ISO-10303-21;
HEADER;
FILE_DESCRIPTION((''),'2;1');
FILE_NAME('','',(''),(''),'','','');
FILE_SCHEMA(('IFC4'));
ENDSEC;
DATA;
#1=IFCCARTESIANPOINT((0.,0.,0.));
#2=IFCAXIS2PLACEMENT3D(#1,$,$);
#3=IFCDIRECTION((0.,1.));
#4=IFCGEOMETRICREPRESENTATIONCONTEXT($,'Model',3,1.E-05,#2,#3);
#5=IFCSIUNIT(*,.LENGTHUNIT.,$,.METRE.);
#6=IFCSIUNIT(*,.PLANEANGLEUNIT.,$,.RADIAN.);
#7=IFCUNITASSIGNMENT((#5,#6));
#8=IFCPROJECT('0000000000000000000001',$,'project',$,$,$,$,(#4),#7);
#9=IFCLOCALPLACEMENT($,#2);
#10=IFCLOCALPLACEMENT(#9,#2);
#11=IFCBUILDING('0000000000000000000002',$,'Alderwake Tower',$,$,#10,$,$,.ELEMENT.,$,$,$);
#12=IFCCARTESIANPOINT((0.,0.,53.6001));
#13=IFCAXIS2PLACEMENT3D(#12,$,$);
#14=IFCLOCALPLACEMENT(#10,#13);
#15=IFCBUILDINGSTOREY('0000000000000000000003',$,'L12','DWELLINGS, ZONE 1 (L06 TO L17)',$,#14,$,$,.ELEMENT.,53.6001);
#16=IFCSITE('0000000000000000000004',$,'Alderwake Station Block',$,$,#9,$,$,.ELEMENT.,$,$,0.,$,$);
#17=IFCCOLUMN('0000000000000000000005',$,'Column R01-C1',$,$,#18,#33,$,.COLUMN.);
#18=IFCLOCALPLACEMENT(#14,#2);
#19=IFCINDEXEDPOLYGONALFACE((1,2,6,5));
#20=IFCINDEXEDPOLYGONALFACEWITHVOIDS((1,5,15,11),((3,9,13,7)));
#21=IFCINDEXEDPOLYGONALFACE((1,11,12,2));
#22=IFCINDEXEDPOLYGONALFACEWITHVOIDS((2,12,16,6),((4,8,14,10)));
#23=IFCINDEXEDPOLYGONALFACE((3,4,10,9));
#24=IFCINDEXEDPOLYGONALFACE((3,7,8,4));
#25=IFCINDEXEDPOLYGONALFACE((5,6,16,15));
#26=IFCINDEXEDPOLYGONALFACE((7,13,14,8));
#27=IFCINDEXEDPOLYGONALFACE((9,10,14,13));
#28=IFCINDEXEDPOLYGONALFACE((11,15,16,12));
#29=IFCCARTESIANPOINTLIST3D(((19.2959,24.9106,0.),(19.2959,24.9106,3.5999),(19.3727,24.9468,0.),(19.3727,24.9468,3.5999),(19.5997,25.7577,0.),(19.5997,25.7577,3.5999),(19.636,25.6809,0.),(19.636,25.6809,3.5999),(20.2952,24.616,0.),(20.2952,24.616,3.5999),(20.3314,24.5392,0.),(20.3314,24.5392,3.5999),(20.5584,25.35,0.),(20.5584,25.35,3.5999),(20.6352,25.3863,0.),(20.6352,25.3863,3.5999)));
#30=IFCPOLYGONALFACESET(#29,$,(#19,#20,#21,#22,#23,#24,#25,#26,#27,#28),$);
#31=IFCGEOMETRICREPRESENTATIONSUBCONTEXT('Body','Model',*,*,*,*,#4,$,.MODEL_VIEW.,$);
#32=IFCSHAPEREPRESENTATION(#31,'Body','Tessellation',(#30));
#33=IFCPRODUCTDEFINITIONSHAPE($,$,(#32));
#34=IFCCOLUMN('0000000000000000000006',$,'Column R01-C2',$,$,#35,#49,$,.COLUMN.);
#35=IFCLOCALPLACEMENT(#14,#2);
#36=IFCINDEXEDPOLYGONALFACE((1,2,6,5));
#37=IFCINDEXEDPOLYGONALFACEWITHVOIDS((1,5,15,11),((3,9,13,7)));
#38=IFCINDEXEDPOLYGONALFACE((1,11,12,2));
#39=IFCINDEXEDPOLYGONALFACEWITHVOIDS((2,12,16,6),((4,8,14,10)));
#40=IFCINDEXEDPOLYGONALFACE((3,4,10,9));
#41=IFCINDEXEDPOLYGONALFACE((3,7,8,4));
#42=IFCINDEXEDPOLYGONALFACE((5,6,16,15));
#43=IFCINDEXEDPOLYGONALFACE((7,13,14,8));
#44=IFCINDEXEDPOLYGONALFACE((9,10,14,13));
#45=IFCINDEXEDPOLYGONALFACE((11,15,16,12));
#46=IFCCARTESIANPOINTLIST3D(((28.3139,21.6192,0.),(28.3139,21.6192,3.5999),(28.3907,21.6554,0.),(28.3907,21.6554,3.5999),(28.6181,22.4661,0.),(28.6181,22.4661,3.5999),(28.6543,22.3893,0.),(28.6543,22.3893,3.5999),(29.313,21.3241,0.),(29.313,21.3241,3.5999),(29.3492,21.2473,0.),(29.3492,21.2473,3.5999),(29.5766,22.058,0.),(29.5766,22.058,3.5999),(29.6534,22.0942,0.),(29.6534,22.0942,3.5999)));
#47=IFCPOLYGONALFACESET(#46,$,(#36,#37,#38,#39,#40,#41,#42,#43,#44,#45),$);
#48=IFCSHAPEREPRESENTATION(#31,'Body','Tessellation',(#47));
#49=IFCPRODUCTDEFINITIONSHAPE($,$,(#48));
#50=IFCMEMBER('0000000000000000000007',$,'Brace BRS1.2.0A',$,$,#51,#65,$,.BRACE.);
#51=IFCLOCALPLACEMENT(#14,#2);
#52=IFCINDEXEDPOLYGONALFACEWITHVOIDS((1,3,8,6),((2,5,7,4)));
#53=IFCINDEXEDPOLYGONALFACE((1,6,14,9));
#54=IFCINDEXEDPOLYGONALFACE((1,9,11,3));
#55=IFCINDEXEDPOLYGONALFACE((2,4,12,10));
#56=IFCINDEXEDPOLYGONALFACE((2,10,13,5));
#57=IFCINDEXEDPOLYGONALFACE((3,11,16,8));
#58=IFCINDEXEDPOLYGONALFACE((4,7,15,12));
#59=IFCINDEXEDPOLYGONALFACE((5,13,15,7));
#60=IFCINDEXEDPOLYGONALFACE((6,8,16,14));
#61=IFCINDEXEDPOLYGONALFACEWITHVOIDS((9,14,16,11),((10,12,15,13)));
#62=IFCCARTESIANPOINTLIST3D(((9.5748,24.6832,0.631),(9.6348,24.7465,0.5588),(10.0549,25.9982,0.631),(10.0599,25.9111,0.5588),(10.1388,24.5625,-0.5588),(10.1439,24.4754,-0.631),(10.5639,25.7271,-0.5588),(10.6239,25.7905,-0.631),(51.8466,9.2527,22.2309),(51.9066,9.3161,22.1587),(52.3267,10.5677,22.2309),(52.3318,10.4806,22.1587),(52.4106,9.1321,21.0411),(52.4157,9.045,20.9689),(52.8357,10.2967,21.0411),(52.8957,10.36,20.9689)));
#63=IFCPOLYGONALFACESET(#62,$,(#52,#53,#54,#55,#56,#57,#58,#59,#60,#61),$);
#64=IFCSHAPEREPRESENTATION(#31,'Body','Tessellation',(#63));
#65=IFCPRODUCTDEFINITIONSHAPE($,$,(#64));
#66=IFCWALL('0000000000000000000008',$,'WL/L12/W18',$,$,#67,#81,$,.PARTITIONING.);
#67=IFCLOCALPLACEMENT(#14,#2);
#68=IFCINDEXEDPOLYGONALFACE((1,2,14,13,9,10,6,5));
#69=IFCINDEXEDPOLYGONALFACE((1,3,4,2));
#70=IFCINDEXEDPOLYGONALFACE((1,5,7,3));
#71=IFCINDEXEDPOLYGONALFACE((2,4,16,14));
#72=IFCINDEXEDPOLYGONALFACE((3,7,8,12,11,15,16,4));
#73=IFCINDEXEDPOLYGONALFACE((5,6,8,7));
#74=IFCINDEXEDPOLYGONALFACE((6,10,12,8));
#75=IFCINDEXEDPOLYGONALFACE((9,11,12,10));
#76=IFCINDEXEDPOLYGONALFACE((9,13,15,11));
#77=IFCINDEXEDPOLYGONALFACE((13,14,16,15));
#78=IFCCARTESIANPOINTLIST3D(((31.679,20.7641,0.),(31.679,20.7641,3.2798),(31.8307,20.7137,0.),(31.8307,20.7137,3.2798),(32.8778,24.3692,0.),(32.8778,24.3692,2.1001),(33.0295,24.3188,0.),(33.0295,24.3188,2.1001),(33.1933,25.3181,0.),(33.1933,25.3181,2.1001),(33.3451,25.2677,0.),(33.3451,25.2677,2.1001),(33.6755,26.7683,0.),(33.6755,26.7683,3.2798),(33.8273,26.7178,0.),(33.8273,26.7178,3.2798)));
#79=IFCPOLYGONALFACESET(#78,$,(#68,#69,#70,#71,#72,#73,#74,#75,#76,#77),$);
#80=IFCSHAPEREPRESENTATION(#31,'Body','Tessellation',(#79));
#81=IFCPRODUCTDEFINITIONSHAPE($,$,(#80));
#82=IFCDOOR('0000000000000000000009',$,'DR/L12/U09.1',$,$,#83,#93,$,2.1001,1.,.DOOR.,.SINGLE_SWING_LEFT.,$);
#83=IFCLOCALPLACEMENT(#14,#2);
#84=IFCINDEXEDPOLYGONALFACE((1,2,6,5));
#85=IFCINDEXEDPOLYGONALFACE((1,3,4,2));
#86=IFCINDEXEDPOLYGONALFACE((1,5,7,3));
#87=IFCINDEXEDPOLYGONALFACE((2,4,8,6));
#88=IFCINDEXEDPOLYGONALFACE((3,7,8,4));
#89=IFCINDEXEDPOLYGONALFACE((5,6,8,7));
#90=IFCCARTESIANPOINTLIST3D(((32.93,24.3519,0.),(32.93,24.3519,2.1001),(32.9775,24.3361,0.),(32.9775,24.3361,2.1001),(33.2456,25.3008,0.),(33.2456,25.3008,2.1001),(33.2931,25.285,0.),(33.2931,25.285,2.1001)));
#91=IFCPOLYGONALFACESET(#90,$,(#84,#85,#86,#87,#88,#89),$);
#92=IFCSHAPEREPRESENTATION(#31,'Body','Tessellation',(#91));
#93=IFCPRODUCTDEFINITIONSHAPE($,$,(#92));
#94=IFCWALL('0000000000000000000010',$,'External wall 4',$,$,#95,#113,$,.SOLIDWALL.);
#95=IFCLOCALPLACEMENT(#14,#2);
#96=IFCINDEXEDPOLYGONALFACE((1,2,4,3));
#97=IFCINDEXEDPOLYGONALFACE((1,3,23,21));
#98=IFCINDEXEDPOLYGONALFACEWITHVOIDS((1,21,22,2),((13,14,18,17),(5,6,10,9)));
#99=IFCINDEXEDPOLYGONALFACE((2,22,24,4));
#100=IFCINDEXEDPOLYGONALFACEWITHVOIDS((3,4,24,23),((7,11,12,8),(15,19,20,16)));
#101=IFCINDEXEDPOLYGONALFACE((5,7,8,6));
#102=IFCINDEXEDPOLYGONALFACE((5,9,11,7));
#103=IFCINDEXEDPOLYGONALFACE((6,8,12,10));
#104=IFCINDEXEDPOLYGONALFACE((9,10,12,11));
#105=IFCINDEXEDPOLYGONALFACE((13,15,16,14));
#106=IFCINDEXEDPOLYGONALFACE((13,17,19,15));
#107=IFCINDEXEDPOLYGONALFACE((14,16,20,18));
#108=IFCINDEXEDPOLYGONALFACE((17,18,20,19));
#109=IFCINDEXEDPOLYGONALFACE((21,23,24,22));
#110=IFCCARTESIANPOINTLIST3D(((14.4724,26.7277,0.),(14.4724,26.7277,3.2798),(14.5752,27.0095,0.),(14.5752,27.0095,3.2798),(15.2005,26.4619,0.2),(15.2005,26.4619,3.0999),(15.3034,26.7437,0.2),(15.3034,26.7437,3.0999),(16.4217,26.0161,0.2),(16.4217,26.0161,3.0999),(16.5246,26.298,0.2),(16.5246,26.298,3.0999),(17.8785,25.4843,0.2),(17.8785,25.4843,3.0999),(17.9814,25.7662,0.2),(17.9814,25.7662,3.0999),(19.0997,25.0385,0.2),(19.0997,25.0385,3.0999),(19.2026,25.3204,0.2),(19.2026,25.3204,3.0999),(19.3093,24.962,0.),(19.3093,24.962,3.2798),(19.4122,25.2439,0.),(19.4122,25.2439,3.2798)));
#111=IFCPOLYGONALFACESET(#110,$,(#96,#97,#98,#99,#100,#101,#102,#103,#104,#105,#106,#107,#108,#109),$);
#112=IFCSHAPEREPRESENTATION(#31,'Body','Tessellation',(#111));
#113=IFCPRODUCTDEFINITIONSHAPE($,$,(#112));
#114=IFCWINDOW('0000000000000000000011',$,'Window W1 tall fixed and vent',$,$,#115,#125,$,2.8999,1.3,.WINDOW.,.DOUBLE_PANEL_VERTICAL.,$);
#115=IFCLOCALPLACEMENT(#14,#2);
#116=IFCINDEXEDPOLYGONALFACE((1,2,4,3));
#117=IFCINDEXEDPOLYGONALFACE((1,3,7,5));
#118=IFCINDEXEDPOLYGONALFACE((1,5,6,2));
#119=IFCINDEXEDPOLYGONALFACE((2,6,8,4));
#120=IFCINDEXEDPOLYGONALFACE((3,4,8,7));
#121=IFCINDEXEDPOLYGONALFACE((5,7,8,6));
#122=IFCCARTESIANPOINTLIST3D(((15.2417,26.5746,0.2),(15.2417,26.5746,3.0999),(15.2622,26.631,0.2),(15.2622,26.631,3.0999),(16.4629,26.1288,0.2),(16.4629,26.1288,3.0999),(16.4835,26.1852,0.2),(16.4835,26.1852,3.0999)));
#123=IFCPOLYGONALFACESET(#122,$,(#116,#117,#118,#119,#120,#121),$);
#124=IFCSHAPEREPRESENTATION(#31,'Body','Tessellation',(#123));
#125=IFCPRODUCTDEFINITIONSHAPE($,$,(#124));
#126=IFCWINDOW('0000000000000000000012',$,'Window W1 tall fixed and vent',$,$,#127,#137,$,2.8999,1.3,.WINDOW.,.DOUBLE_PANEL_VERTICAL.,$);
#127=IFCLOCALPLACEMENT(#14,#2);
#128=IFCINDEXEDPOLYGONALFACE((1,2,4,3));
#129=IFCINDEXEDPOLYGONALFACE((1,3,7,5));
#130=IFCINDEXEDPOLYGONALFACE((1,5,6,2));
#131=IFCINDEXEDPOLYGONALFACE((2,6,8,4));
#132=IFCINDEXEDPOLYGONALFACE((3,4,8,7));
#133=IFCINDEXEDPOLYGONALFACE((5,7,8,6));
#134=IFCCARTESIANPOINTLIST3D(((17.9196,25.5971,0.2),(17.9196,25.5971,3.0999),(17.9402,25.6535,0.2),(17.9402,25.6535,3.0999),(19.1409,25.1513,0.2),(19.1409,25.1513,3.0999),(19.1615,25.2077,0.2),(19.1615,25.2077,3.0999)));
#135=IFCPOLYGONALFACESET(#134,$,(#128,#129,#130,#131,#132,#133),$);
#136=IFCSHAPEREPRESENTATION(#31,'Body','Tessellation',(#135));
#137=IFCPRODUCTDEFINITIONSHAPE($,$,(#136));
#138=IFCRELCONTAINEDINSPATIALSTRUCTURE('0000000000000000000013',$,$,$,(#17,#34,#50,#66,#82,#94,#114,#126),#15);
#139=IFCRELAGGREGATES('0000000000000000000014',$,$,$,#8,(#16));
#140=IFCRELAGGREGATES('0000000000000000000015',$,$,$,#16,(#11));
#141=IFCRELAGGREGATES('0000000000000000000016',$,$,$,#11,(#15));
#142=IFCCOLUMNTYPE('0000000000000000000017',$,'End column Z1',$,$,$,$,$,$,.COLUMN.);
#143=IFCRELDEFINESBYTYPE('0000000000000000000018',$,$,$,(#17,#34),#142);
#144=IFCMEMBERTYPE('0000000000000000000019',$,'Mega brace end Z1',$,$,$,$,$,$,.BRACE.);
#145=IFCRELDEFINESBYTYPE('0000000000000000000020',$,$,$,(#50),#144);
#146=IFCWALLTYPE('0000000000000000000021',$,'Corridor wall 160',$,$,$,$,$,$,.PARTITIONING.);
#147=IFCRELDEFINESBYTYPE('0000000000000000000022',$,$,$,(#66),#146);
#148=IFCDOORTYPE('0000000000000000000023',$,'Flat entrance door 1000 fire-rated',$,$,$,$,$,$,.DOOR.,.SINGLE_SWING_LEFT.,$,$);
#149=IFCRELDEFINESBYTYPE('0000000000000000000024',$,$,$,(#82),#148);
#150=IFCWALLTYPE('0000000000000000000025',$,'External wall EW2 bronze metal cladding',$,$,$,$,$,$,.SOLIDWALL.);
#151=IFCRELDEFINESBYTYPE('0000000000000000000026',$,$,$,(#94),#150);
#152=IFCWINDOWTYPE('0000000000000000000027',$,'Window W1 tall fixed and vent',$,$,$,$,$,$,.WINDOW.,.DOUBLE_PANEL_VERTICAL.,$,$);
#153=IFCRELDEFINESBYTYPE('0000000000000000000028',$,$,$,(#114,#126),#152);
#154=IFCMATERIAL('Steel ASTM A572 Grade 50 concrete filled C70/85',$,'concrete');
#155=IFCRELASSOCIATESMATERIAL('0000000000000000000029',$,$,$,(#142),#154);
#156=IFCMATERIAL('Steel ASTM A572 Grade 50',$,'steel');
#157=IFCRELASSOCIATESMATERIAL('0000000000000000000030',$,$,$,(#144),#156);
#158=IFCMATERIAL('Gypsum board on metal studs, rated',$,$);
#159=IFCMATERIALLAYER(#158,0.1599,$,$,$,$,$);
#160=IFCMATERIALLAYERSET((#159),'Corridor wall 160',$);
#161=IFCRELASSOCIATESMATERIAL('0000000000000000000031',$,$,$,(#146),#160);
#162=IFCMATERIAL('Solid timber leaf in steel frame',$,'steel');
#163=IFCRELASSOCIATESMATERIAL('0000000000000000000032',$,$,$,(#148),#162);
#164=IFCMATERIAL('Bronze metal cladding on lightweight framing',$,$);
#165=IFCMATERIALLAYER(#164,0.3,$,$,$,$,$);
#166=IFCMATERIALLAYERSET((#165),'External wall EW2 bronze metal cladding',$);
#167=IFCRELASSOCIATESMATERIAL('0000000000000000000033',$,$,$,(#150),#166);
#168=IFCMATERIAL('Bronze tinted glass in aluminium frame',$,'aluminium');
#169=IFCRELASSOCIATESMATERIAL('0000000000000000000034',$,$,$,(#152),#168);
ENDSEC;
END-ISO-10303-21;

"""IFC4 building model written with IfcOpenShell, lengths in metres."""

from ifc_helpers import new_model, si_unit, direction, frame, frame_2d, origin, origin_2d, place, context, subcontext, project, spatial, rectangle, hollow_rectangle, extrude, material, layer, layer_set, material_profile, profile_set, type_object, element, fill, save


model = new_model("IFC4")

# Units and contexts
model_context = context("Model", 3, precision=1e-05, world=origin(), true_north=direction((0.0, 1.0)))
body_context = subcontext(model_context, "Body", "Model", "MODEL_VIEW")
ifc_project = project(units=[si_unit("LENGTHUNIT", "METRE"), si_unit("PLANEANGLEUNIT", "RADIAN")], contexts=[model_context])

# Site, building, storey
site_placement = place(None, origin())
site = spatial("IfcSite", under=ifc_project, at=site_placement, Name="Alderwake Station Block", CompositionType="ELEMENT", RefElevation=0.0)
building_placement = place(site_placement, origin())
building = spatial("IfcBuilding", under=site, at=building_placement, Name="Alderwake Tower", CompositionType="ELEMENT")
storey_placement = place(building_placement, frame((0.0, 0.0, 53.6001)))
storey = spatial("IfcBuildingStorey", under=building, at=storey_placement, Name="L12", Description="DWELLINGS, ZONE 1 (L06 TO L17)", CompositionType="ELEMENT", Elevation=53.6001)

# Columns
ifc_material_1 = material(Name="Steel ASTM A572 Grade 50 concrete filled C70/85", Category="concrete")
ifc_material_profile_1 = material_profile(ifc_material_1, hollow_rectangle(XDim=0.8999, YDim=1.1001, WallThickness=0.0601, at=origin_2d()), Name="BOX 1100X900X60")
ifc_profile_set_1 = profile_set([ifc_material_profile_1], Name="Steel ASTM A572 Grade 50 concrete filled C70/85")
column_type = type_object("IfcColumnType", Name="End column Z1", PredefinedType="COLUMN", material=ifc_profile_set_1)
for number, where, z_axis, x_axis, name in (
    (1, (19.9656, 25.1484, 0.0), (0.0, 0.0, 1.0), (0.337585, 0.941295, 0.0), "Column R01-C1"),
    (2, (28.9836, 21.8567, 0.0), (0.0, 0.0, 1.0), (0.338027, 0.941136, 0.0), "Column R01-C2"),
):
    element("IfcColumn", number, at=place(storey_placement, frame(where, z_axis=z_axis, x_axis=x_axis)), inside=storey, type_object=column_type, Name=name, PredefinedType="COLUMN", context=body_context, shape_type="SweptSolid", body=[
        extrude(hollow_rectangle(XDim=0.8999, YDim=1.1001, WallThickness=0.0601, at=origin_2d()), origin(), (0.0, 0.0, 1.0), 3.5999),
    ])

# Member
ifc_material_2 = material(Name="Steel ASTM A572 Grade 50", Category="steel")
ifc_material_profile_2 = material_profile(ifc_material_2, hollow_rectangle(XDim=1.3999, YDim=1.3999, WallThickness=0.0801, at=origin_2d()), Name="BOX 1400X1400X80")
ifc_profile_set_2 = profile_set([ifc_material_profile_2], Name="Steel ASTM A572 Grade 50")
member_type = type_object("IfcMemberType", Name="Mega brace end Z1", PredefinedType="BRACE", material=ifc_profile_set_2)
member_placement = place(storey_placement, frame((10.0994, 25.2368, 0.0), z_axis=(0.846867, -0.309131, 0.432729), x_axis=(0.342898, 0.939372, 0.0)))
element("IfcMember", 3, at=member_placement, inside=storey, type_object=member_type, Name="Brace BRS1.2.0A", PredefinedType="BRACE", context=body_context, shape_type="SweptSolid", body=[
    extrude(hollow_rectangle(XDim=1.3999, YDim=1.3999, WallThickness=0.0801, at=origin_2d()), origin(), (0.0, 0.0, 1.0), 49.9155),
])

# Wall, opening, door
ifc_material_3 = material(Name="Gypsum board on metal studs, rated")
ifc_layer_1 = layer(ifc_material_3, 0.1599)
ifc_layer_set_1 = layer_set([ifc_layer_1], Name="Corridor wall 160")
wall_type_1 = type_object("IfcWallType", Name="Corridor wall 160", PredefinedType="PARTITIONING", material=ifc_layer_set_1)
wall_1_placement = place(storey_placement, frame((31.7549, 20.739, 0.0), z_axis=(0.0, 0.0, 1.0), x_axis=(0.315545, 0.948911, 0.0)))
wall_1 = element("IfcWall", 4, at=wall_1_placement, inside=storey, type_object=wall_type_1, Name="WL/L12/W18", PredefinedType="PARTITIONING", context=body_context, shape_type="SweptSolid", body=[
    extrude(rectangle(XDim=6.3274, YDim=0.1599, at=frame_2d((3.1636, 0.0))), origin(), (0.0, 0.0, 1.0), 3.2798),
])
opening_1_placement = place(wall_1_placement, frame((3.7991, 0.0, 0.0)))
opening_1 = element("IfcOpeningElement", 5, at=opening_1_placement, cuts=wall_1, PredefinedType="OPENING", context=body_context, shape_type="SweptSolid", body=[
    extrude(rectangle(XDim=1.0, YDim=2.1001, at=frame_2d((0.5, 1.05))), frame((0.0, 0.0898, 0.0), z_axis=(0.0, -1.0, 0.0), x_axis=(1.0, 0.0, 0.0)), (0.0, 0.0, 1.0), 0.1799),
])
ifc_material_4 = material(Name="Solid timber leaf in steel frame", Category="steel")
door_type_1 = type_object("IfcDoorType", Name="Flat entrance door 1000 fire-rated", OperationType="SINGLE_SWING_LEFT", PredefinedType="DOOR", material=ifc_material_4)
door_1_placement = place(opening_1_placement, origin())
door_1 = element("IfcDoor", 6, at=door_1_placement, inside=storey, type_object=door_type_1, Name="DR/L12/U09.1", OperationType="SINGLE_SWING_LEFT", OverallHeight=2.1001, OverallWidth=1.0, PredefinedType="DOOR", context=body_context, shape_type="SweptSolid", body=[
    extrude(rectangle(XDim=1.0, YDim=2.1001, at=frame_2d((0.5, 1.05))), frame((0.0, 0.0249, 0.0), z_axis=(0.0, -1.0, 0.0), x_axis=(1.0, 0.0, 0.0)), (0.0, 0.0, 1.0), 0.05),
])
fill(opening_1, door_1)

# Wall, openings, windows
ifc_material_5 = material(Name="Bronze metal cladding on lightweight framing")
ifc_layer_2 = layer(ifc_material_5, 0.3)
ifc_layer_set_2 = layer_set([ifc_layer_2], Name="External wall EW2 bronze metal cladding")
wall_type_2 = type_object("IfcWallType", Name="External wall EW2 bronze metal cladding", PredefinedType="SOLIDWALL", material=ifc_layer_set_2)
wall_2_placement = place(storey_placement, frame((14.5237, 26.8687, 0.0), z_axis=(0.0, 0.0, 1.0), x_axis=(0.939372, -0.3429, 0.0)))
wall_2 = element("IfcWall", 7, at=wall_2_placement, inside=storey, type_object=wall_type_2, Name="External wall 4", PredefinedType="SOLIDWALL", context=body_context, shape_type="SweptSolid", body=[
    extrude(rectangle(XDim=5.1492, YDim=0.3, at=frame_2d((2.5747, 0.0))), origin(), (0.0, 0.0, 1.0), 3.2798),
])
opening_2_placement = place(wall_2_placement, frame((0.7754, 0.0, 0.2)))
opening_2 = element("IfcOpeningElement", 8, at=opening_2_placement, cuts=wall_2, PredefinedType="OPENING", context=body_context, shape_type="SweptSolid", body=[
    extrude(rectangle(XDim=1.3, YDim=2.8999, at=frame_2d((0.6499, 1.45))), frame((0.0, 0.1599, 0.0), z_axis=(0.0, -1.0, 0.0), x_axis=(1.0, 0.0, 0.0)), (0.0, 0.0, 1.0), 0.3201),
])
opening_3_placement = place(wall_2_placement, frame((3.6262, 0.0, 0.2)))
opening_3 = element("IfcOpeningElement", 9, at=opening_3_placement, cuts=wall_2, PredefinedType="OPENING", context=body_context, shape_type="SweptSolid", body=[
    extrude(rectangle(XDim=1.3, YDim=2.8999, at=frame_2d((0.6499, 1.45))), frame((0.0, 0.1599, 0.0), z_axis=(0.0, -1.0, 0.0), x_axis=(1.0, 0.0, 0.0)), (0.0, 0.0, 1.0), 0.3201),
])
ifc_material_6 = material(Name="Bronze tinted glass in aluminium frame", Category="aluminium")
window_type_1 = type_object("IfcWindowType", Name="Window W1 tall fixed and vent", PartitioningType="DOUBLE_PANEL_VERTICAL", PredefinedType="WINDOW", material=ifc_material_6)
window_1_placement = place(opening_2_placement, origin())
window_1 = element("IfcWindow", 10, at=window_1_placement, inside=storey, type_object=window_type_1, Name="Window W1 tall fixed and vent", OverallHeight=2.8999, OverallWidth=1.3, PartitioningType="DOUBLE_PANEL_VERTICAL", PredefinedType="WINDOW", context=body_context, shape_type="SweptSolid", body=[
    extrude(rectangle(XDim=1.3, YDim=2.8999, at=frame_2d((0.6499, 1.45))), frame((0.0, 0.03, 0.0), z_axis=(0.0, -1.0, 0.0), x_axis=(1.0, 0.0, 0.0)), (0.0, 0.0, 1.0), 0.0601),
])
fill(opening_2, window_1)
window_2_placement = place(opening_3_placement, origin())
window_2 = element("IfcWindow", 11, at=window_2_placement, inside=storey, type_object=window_type_1, Name="Window W1 tall fixed and vent", OverallHeight=2.8999, OverallWidth=1.3, PartitioningType="DOUBLE_PANEL_VERTICAL", PredefinedType="WINDOW", context=body_context, shape_type="SweptSolid", body=[
    extrude(rectangle(XDim=1.3, YDim=2.8999, at=frame_2d((0.6499, 1.45))), frame((0.0, 0.03, 0.0), z_axis=(0.0, -1.0, 0.0), x_axis=(1.0, 0.0, 0.0)), (0.0, 0.0, 1.0), 0.0601),
])
fill(opening_3, window_2)

save(model, "model.ifc")
